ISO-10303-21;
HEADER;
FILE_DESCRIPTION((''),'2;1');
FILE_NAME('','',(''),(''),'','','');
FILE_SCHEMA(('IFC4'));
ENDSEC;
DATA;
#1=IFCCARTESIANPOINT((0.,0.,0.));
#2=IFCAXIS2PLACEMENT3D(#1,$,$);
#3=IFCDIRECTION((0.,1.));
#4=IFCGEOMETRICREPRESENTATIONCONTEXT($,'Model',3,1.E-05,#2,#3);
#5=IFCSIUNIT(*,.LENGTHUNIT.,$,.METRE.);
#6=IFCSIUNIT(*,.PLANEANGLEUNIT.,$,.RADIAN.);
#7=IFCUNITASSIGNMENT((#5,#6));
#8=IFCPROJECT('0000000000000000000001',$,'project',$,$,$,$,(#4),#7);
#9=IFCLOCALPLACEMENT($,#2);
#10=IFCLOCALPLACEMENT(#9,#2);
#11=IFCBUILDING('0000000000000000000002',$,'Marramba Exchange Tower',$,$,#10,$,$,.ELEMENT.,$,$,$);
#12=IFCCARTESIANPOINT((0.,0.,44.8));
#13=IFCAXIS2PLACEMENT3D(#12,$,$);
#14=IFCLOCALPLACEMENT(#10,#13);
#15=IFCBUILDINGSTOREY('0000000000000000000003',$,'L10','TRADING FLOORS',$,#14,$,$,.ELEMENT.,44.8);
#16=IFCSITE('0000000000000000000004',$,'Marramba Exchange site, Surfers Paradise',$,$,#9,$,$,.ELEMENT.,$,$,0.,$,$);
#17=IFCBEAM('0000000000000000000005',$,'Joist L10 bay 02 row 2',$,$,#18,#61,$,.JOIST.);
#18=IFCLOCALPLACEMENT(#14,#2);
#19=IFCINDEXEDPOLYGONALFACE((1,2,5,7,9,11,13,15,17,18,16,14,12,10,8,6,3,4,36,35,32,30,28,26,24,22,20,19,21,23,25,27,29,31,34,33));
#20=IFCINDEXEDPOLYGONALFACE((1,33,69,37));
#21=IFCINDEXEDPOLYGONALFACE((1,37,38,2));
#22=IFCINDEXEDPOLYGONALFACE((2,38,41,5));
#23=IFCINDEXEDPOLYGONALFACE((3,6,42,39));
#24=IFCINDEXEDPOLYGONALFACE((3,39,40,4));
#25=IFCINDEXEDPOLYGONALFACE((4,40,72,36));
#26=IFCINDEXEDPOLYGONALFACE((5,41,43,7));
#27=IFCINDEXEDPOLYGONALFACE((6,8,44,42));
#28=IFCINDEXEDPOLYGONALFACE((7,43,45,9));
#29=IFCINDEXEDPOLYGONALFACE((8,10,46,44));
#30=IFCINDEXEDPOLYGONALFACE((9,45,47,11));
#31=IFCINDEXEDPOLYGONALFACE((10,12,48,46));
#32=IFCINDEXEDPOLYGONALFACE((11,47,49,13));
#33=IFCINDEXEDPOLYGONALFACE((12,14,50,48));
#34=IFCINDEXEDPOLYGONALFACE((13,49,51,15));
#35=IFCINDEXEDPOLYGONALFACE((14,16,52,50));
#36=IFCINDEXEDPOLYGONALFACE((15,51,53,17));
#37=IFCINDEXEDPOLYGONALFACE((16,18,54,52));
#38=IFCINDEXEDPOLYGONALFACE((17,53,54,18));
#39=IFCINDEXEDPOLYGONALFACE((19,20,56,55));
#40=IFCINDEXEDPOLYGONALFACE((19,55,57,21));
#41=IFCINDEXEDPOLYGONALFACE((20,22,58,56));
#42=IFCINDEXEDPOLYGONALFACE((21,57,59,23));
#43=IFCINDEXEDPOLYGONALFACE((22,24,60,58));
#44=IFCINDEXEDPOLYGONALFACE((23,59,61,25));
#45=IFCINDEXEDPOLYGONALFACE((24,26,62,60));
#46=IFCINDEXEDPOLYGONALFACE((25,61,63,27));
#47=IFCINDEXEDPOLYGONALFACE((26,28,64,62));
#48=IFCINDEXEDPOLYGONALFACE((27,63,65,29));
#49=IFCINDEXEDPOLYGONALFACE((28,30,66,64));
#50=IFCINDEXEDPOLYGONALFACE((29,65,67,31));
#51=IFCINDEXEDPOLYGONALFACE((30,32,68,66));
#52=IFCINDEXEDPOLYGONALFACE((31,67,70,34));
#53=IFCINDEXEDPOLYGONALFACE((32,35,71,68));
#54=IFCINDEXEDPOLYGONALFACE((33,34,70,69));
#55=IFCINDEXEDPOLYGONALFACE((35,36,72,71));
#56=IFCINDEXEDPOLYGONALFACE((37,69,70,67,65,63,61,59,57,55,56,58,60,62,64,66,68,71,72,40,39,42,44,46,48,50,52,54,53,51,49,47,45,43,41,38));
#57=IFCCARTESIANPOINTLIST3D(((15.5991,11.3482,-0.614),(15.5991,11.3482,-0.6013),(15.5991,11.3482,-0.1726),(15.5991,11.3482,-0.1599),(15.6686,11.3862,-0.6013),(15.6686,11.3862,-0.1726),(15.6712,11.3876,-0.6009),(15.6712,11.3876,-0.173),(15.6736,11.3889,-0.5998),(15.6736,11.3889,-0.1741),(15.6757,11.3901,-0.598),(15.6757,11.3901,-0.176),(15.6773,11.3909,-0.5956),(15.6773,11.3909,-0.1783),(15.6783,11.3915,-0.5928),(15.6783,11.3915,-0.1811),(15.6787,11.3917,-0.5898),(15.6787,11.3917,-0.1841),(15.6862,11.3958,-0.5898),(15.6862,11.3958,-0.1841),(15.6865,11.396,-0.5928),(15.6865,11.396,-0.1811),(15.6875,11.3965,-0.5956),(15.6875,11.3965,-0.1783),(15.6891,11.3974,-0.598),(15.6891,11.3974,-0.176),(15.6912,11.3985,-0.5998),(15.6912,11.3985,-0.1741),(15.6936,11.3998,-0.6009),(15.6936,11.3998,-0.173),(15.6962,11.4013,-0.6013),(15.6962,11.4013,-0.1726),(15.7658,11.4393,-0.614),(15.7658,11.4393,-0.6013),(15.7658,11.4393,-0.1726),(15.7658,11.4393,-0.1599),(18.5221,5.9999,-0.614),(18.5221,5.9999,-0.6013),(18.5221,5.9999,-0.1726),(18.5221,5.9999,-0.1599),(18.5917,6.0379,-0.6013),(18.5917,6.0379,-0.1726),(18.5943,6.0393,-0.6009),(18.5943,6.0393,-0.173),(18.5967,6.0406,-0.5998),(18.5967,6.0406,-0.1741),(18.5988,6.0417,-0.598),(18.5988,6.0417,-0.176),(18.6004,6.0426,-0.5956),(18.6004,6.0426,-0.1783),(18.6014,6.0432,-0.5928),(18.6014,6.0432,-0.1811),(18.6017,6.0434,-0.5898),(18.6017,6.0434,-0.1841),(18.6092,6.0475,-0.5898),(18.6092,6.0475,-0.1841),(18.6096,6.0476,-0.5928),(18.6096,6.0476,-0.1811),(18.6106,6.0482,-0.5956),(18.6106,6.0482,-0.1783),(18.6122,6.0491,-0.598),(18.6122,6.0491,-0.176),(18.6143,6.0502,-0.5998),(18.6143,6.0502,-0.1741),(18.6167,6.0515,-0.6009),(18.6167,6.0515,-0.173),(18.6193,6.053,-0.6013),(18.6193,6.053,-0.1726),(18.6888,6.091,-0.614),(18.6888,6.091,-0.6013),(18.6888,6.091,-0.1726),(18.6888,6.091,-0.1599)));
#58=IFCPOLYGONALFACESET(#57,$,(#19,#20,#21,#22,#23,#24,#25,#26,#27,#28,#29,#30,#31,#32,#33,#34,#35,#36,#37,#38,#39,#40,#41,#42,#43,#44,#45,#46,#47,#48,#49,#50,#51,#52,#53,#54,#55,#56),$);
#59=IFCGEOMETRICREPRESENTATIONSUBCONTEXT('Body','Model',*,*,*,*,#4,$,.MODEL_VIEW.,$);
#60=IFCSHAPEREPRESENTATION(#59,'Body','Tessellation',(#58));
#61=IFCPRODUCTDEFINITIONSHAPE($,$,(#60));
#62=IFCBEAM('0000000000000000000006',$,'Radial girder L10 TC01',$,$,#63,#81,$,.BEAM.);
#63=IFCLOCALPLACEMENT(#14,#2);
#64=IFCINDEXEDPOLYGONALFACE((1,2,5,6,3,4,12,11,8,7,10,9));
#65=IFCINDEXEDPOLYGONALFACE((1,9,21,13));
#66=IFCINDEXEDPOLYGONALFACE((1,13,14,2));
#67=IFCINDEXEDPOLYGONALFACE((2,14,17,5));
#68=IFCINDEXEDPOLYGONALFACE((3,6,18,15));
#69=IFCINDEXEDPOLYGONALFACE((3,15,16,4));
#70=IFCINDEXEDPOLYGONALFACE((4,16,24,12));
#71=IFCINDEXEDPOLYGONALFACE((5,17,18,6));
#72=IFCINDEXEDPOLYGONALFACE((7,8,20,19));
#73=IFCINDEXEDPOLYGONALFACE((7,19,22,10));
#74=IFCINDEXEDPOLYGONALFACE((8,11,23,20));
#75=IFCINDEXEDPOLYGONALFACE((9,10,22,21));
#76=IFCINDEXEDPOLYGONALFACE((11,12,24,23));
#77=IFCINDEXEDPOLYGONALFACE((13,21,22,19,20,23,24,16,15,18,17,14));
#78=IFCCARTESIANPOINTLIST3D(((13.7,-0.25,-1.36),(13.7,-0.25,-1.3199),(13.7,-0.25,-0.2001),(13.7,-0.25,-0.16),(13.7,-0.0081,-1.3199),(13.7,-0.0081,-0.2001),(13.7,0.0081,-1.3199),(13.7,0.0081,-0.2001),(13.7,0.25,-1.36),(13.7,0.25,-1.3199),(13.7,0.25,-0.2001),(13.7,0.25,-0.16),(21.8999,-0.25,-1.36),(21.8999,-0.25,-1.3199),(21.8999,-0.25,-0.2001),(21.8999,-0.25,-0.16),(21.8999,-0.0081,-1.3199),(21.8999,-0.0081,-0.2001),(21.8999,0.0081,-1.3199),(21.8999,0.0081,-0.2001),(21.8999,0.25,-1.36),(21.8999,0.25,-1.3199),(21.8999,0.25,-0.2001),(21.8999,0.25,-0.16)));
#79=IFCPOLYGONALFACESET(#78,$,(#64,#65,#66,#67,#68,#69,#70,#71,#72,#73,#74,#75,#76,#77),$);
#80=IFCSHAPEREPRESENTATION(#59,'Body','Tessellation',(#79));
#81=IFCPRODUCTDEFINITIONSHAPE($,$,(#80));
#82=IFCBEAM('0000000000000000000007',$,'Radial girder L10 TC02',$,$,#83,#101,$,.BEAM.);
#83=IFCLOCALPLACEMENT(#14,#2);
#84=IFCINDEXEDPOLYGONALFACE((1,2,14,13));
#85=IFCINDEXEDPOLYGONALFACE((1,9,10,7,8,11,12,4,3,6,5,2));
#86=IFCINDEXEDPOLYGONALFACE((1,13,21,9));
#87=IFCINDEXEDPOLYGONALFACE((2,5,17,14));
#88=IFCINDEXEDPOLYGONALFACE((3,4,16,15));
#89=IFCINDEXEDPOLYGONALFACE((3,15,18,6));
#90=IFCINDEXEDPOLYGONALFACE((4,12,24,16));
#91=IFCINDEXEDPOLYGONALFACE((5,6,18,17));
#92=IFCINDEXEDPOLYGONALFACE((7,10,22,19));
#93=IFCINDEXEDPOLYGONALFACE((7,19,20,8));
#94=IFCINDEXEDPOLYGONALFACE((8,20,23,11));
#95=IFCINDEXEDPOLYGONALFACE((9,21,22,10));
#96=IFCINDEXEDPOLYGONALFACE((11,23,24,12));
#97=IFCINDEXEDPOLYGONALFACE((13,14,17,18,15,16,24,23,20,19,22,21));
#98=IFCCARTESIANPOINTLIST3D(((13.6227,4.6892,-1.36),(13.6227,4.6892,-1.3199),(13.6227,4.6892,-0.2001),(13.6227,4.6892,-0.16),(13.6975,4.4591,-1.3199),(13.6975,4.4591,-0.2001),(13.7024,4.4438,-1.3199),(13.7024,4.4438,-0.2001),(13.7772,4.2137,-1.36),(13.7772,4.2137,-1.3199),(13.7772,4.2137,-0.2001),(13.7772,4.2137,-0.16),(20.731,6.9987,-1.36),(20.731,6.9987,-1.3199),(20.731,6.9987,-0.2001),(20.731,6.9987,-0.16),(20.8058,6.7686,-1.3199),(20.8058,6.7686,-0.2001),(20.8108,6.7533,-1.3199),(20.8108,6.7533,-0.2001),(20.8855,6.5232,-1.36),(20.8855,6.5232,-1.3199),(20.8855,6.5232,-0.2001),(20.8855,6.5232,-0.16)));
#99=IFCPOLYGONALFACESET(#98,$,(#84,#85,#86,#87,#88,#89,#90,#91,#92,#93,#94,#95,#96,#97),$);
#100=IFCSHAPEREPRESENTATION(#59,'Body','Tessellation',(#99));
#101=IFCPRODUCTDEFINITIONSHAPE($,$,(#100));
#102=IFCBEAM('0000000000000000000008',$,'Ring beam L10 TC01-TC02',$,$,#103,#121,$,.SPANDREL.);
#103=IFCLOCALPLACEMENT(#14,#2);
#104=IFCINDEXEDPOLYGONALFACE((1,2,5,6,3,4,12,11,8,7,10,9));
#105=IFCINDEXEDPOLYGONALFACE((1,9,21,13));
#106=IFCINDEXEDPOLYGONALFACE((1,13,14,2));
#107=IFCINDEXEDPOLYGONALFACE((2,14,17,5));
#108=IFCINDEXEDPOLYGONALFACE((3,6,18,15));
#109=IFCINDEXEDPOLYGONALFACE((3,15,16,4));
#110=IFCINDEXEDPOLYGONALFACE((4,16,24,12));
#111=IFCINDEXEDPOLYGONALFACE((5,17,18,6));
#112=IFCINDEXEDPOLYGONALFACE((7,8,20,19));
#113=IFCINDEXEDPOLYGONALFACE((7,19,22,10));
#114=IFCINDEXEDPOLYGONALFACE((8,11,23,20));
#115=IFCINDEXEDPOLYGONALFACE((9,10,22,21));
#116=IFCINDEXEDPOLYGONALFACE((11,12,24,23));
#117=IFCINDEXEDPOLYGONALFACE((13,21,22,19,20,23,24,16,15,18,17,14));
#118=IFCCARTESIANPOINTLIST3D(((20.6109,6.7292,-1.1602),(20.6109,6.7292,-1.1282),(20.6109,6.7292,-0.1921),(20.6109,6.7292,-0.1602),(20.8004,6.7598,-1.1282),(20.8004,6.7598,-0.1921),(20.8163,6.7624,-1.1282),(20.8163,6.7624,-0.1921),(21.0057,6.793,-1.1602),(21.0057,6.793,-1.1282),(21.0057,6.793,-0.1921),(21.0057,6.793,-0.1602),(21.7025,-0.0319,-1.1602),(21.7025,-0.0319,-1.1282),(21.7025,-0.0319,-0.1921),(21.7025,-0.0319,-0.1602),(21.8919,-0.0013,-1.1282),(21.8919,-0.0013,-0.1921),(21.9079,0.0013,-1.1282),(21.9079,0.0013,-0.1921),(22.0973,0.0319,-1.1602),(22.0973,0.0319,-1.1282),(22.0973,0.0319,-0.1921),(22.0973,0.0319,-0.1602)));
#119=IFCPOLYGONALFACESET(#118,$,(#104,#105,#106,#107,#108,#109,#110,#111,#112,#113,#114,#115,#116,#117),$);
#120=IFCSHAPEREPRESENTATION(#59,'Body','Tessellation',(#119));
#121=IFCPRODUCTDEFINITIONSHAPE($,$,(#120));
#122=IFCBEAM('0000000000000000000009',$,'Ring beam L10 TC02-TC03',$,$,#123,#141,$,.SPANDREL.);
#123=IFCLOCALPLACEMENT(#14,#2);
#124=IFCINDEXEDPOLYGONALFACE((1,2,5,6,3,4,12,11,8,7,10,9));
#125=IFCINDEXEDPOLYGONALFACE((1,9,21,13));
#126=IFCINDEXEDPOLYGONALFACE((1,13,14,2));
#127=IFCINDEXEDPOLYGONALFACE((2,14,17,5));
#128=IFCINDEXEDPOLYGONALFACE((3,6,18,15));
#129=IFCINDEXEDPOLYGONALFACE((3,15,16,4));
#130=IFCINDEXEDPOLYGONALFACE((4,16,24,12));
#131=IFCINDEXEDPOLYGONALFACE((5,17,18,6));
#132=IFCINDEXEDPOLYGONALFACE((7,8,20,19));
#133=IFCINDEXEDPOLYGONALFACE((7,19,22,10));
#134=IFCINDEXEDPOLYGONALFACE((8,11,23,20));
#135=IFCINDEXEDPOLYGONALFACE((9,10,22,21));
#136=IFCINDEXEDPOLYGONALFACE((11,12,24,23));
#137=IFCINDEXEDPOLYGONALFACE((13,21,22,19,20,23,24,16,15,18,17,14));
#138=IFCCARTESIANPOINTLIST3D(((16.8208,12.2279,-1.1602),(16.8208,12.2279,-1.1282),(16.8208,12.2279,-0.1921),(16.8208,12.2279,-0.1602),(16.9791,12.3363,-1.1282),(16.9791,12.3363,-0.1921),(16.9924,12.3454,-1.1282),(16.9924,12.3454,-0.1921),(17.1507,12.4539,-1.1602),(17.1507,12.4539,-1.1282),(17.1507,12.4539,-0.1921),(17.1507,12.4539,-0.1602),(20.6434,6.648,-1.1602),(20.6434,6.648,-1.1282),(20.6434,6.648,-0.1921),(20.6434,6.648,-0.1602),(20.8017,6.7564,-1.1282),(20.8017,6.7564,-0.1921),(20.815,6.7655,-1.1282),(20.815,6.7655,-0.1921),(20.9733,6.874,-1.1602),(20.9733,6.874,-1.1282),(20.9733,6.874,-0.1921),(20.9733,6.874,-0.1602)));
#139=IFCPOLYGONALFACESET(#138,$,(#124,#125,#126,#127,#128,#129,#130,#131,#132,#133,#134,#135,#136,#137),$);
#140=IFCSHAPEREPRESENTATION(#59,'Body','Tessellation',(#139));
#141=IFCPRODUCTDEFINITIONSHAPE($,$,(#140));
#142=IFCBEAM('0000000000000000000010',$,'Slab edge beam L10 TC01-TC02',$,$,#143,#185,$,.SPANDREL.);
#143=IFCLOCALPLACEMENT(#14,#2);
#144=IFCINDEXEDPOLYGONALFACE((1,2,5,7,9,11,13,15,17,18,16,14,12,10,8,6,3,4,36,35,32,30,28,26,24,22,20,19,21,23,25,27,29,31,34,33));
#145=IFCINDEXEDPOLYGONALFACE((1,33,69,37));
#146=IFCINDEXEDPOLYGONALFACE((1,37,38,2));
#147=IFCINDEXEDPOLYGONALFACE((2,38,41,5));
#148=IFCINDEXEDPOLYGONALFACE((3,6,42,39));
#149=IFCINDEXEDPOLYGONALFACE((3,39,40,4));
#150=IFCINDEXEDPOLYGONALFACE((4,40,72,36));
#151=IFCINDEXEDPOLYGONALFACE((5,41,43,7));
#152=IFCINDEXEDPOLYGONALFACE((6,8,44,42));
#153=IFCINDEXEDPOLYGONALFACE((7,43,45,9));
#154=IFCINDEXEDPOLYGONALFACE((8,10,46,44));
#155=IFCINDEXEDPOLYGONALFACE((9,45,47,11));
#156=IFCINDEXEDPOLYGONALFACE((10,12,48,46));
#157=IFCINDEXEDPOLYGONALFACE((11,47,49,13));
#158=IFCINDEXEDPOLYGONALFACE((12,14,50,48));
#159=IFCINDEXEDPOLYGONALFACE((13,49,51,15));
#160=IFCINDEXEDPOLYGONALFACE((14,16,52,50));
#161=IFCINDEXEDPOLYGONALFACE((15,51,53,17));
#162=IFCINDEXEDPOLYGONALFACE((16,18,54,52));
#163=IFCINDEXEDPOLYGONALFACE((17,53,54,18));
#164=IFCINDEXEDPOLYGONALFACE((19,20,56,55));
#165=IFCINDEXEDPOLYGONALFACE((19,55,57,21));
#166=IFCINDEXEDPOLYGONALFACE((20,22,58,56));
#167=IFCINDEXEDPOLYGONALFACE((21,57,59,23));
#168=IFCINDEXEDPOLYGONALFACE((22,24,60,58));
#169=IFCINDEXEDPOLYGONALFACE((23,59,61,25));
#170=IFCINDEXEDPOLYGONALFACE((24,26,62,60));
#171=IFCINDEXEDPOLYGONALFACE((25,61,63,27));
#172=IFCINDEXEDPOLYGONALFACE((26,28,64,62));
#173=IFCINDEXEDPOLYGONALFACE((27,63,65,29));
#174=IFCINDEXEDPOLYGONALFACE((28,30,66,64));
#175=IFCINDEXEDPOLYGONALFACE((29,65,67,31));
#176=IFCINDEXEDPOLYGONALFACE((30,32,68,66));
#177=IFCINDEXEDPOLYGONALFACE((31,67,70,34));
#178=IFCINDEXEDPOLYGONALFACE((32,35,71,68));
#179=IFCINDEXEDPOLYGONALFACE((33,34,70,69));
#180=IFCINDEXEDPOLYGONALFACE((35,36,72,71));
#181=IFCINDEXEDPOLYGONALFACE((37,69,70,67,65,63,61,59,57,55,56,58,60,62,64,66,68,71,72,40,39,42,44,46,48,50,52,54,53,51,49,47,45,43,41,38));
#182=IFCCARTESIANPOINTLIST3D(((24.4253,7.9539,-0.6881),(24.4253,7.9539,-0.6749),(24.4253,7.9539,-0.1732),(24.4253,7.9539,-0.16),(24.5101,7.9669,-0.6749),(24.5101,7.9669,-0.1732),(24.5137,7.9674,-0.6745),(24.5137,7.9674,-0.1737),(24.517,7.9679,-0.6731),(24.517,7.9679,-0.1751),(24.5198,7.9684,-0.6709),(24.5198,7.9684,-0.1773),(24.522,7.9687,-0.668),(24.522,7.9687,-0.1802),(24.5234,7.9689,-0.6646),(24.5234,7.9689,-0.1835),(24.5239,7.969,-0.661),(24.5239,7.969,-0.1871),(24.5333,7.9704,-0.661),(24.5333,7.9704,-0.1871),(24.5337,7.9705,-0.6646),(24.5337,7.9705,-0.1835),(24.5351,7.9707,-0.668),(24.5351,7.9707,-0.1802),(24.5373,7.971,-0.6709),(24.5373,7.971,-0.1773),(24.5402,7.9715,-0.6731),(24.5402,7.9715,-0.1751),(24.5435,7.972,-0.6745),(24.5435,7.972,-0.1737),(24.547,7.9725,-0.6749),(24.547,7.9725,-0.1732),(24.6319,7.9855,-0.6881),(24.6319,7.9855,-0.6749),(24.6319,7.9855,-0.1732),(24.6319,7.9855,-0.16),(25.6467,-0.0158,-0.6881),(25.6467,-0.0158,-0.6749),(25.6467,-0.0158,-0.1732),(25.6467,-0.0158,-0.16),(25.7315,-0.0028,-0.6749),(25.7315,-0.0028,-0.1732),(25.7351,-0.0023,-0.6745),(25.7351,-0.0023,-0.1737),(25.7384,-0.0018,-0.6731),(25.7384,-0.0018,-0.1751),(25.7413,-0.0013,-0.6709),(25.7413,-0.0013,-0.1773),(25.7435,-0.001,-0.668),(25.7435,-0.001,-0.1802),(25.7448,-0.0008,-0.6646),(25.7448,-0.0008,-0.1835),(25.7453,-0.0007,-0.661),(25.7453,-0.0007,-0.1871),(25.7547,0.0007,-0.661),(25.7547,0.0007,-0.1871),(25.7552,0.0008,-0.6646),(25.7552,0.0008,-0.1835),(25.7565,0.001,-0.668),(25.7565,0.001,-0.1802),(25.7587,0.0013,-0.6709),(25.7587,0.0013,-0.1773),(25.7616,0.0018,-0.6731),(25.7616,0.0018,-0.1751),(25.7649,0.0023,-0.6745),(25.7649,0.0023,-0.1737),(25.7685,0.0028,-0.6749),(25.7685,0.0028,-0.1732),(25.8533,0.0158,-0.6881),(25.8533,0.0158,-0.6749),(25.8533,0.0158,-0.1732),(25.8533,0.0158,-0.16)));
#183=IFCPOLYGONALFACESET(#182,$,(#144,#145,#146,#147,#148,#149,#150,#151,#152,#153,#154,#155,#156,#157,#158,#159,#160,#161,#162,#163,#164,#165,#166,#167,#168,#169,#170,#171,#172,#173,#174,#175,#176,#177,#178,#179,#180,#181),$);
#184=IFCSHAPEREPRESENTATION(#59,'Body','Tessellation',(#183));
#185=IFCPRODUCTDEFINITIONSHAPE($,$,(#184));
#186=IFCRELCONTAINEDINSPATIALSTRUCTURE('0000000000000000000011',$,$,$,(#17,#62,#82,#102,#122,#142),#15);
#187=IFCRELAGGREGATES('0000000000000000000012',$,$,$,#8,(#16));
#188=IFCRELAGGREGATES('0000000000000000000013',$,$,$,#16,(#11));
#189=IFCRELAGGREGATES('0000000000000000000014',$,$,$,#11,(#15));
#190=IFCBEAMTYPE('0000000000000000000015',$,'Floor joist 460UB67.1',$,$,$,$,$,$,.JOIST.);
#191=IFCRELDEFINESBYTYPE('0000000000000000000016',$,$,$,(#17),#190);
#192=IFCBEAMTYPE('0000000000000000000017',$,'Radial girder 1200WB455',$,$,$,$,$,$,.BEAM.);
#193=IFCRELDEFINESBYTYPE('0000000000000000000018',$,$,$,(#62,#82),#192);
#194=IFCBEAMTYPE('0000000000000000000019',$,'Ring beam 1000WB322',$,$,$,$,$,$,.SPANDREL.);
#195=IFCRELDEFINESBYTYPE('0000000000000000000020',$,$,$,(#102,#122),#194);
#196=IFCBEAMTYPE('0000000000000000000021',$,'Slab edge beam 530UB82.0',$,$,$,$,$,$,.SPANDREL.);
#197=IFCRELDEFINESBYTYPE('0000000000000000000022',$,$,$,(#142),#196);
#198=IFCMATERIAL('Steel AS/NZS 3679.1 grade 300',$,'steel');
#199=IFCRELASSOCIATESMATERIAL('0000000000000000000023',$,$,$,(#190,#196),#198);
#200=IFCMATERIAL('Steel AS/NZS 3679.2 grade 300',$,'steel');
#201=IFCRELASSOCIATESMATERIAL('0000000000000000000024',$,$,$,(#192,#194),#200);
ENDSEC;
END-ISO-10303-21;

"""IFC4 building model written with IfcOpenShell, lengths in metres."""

from ifc_helpers import new_model, si_unit, direction, frame, origin, origin_2d, place, context, subcontext, project, spatial, i_section, extrude, material, material_profile, profile_set, type_object, element, save


model = new_model("IFC4")

# Units and contexts
model_context = context("Model", 3, precision=1e-05, world=origin(), true_north=direction((0.0, 1.0)))
body_context = subcontext(model_context, "Body", "Model", "MODEL_VIEW")
ifc_project = project(units=[si_unit("LENGTHUNIT", "METRE"), si_unit("PLANEANGLEUNIT", "RADIAN")], contexts=[model_context])

# Site, building, storey
site_placement = place(None, origin())
site = spatial("IfcSite", under=ifc_project, at=site_placement, Name="Marramba Exchange site, Surfers Paradise", CompositionType="ELEMENT", RefElevation=0.0)
building_placement = place(site_placement, origin())
building = spatial("IfcBuilding", under=site, at=building_placement, Name="Marramba Exchange Tower", CompositionType="ELEMENT")
storey_placement = place(building_placement, frame((0.0, 0.0, 44.8)))
storey = spatial("IfcBuildingStorey", under=building, at=storey_placement, Name="L10", Description="TRADING FLOORS", CompositionType="ELEMENT", Elevation=44.8)

# Beams
ifc_material_1 = material(Name="Steel AS/NZS 3679.2 grade 300", Category="steel")
ifc_material_2 = material(Name="Steel AS/NZS 3679.1 grade 300", Category="steel")
ifc_material_profile_1 = material_profile(ifc_material_2, i_section(OverallWidth=0.1899, OverallDepth=0.4541, WebThickness=0.0085, FlangeThickness=0.0127, FilletRadius=0.0115, at=origin_2d()), Name="460UB67.1")
ifc_profile_set_1 = profile_set([ifc_material_profile_1], Name="Steel AS/NZS 3679.1 grade 300")
beam_type_1 = type_object("IfcBeamType", Name="Floor joist 460UB67.1", PredefinedType="JOIST", material=ifc_profile_set_1)
beam_1_placement = place(storey_placement, frame((18.6055, 6.0454, -0.387), z_axis=(-0.479584, 0.877496, 0.0), x_axis=(-0.877496, -0.479584, 0.0)))
element("IfcBeam", 1, at=beam_1_placement, inside=storey, type_object=beam_type_1, Name="Joist L10 bay 02 row 2", PredefinedType="JOIST", context=body_context, shape_type="SweptSolid", body=[
    extrude(i_section(OverallWidth=0.1899, OverallDepth=0.4541, WebThickness=0.0085, FlangeThickness=0.0127, FilletRadius=0.0115, at=origin_2d()), origin(), (0.0, 0.0, 1.0), 6.095),
])
ifc_material_profile_2 = material_profile(ifc_material_1, i_section(OverallWidth=0.5, OverallDepth=1.2, WebThickness=0.0161, FlangeThickness=0.04, at=origin_2d()), Name="1200WB455")
ifc_profile_set_2 = profile_set([ifc_material_profile_2], Name="Steel AS/NZS 3679.2 grade 300")
beam_type_2 = type_object("IfcBeamType", Name="Radial girder 1200WB455", PredefinedType="BEAM", material=ifc_profile_set_2)
beam_2_placement = place(storey_placement, frame((13.7, 0.0, -0.76), z_axis=(1.0, 0.0, 0.0), x_axis=(0.0, 1.0, 0.0)))
element("IfcBeam", 2, at=beam_2_placement, inside=storey, type_object=beam_type_2, Name="Radial girder L10 TC01", PredefinedType="BEAM", context=body_context, shape_type="SweptSolid", body=[
    extrude(i_section(OverallWidth=0.5, OverallDepth=1.2, WebThickness=0.0161, FlangeThickness=0.04, at=origin_2d()), origin(), (0.0, 0.0, 1.0), 8.2),
])
beam_3_placement = place(storey_placement, frame((13.7, 4.4514, -0.76), z_axis=(0.95106, 0.309006, 0.0), x_axis=(-0.309006, 0.95106, 0.0)))
element("IfcBeam", 3, at=beam_3_placement, inside=storey, type_object=beam_type_2, Name="Radial girder L10 TC02", PredefinedType="BEAM", context=body_context, shape_type="SweptSolid", body=[
    extrude(i_section(OverallWidth=0.5, OverallDepth=1.2, WebThickness=0.0161, FlangeThickness=0.04, at=origin_2d()), origin(), (0.0, 0.0, 1.0), 7.4741),
])
ifc_material_profile_3 = material_profile(ifc_material_1, i_section(OverallWidth=0.3999, OverallDepth=1.0, WebThickness=0.0161, FlangeThickness=0.032, at=origin_2d()), Name="1000WB322")
ifc_profile_set_3 = profile_set([ifc_material_profile_3], Name="Steel AS/NZS 3679.2 grade 300")
beam_type_3 = type_object("IfcBeamType", Name="Ring beam 1000WB322", PredefinedType="SPANDREL", material=ifc_profile_set_3)
beam_4_placement = place(storey_placement, frame((21.8999, 0.0, -0.6602), z_axis=(-0.159385, 0.987217, 0.0), x_axis=(-0.987217, -0.159385, 0.0)))
element("IfcBeam", 4, at=beam_4_placement, inside=storey, type_object=beam_type_3, Name="Ring beam L10 TC01-TC02", PredefinedType="SPANDREL", context=body_context, shape_type="SweptSolid", body=[
    extrude(i_section(OverallWidth=0.3999, OverallDepth=1.0, WebThickness=0.0161, FlangeThickness=0.032, at=origin_2d()), origin(), (0.0, 0.0, 1.0), 6.8486),
])
beam_5_placement = place(storey_placement, frame((20.8083, 6.761, -0.6602), z_axis=(-0.56516, 0.824981, 0.0), x_axis=(-0.824981, -0.56516, 0.0)))
element("IfcBeam", 5, at=beam_5_placement, inside=storey, type_object=beam_type_3, Name="Ring beam L10 TC02-TC03", PredefinedType="SPANDREL", context=body_context, shape_type="SweptSolid", body=[
    extrude(i_section(OverallWidth=0.3999, OverallDepth=1.0, WebThickness=0.0161, FlangeThickness=0.032, at=origin_2d()), origin(), (0.0, 0.0, 1.0), 6.7637),
])
ifc_material_profile_4 = material_profile(ifc_material_2, i_section(OverallWidth=0.209, OverallDepth=0.5281, WebThickness=0.0095, FlangeThickness=0.0132, FilletRadius=0.0139, at=origin_2d()), Name="530UB82.0")
ifc_profile_set_4 = profile_set([ifc_material_profile_4], Name="Steel AS/NZS 3679.1 grade 300")
beam_type_4 = type_object("IfcBeamType", Name="Slab edge beam 530UB82.0", PredefinedType="SPANDREL", material=ifc_profile_set_4)
beam_6_placement = place(storey_placement, frame((25.75, 0.0, -0.4241), z_axis=(-0.151491, 0.988459, 0.0), x_axis=(-0.988459, -0.151491, 0.0)))
element("IfcBeam", 6, at=beam_6_placement, inside=storey, type_object=beam_type_4, Name="Slab edge beam L10 TC01-TC02", PredefinedType="SPANDREL", context=body_context, shape_type="SweptSolid", body=[
    extrude(i_section(OverallWidth=0.209, OverallDepth=0.5281, WebThickness=0.0095, FlangeThickness=0.0132, FilletRadius=0.0139, at=origin_2d()), origin(), (0.0, 0.0, 1.0), 8.0627),
])

save(model, "model.ifc")
